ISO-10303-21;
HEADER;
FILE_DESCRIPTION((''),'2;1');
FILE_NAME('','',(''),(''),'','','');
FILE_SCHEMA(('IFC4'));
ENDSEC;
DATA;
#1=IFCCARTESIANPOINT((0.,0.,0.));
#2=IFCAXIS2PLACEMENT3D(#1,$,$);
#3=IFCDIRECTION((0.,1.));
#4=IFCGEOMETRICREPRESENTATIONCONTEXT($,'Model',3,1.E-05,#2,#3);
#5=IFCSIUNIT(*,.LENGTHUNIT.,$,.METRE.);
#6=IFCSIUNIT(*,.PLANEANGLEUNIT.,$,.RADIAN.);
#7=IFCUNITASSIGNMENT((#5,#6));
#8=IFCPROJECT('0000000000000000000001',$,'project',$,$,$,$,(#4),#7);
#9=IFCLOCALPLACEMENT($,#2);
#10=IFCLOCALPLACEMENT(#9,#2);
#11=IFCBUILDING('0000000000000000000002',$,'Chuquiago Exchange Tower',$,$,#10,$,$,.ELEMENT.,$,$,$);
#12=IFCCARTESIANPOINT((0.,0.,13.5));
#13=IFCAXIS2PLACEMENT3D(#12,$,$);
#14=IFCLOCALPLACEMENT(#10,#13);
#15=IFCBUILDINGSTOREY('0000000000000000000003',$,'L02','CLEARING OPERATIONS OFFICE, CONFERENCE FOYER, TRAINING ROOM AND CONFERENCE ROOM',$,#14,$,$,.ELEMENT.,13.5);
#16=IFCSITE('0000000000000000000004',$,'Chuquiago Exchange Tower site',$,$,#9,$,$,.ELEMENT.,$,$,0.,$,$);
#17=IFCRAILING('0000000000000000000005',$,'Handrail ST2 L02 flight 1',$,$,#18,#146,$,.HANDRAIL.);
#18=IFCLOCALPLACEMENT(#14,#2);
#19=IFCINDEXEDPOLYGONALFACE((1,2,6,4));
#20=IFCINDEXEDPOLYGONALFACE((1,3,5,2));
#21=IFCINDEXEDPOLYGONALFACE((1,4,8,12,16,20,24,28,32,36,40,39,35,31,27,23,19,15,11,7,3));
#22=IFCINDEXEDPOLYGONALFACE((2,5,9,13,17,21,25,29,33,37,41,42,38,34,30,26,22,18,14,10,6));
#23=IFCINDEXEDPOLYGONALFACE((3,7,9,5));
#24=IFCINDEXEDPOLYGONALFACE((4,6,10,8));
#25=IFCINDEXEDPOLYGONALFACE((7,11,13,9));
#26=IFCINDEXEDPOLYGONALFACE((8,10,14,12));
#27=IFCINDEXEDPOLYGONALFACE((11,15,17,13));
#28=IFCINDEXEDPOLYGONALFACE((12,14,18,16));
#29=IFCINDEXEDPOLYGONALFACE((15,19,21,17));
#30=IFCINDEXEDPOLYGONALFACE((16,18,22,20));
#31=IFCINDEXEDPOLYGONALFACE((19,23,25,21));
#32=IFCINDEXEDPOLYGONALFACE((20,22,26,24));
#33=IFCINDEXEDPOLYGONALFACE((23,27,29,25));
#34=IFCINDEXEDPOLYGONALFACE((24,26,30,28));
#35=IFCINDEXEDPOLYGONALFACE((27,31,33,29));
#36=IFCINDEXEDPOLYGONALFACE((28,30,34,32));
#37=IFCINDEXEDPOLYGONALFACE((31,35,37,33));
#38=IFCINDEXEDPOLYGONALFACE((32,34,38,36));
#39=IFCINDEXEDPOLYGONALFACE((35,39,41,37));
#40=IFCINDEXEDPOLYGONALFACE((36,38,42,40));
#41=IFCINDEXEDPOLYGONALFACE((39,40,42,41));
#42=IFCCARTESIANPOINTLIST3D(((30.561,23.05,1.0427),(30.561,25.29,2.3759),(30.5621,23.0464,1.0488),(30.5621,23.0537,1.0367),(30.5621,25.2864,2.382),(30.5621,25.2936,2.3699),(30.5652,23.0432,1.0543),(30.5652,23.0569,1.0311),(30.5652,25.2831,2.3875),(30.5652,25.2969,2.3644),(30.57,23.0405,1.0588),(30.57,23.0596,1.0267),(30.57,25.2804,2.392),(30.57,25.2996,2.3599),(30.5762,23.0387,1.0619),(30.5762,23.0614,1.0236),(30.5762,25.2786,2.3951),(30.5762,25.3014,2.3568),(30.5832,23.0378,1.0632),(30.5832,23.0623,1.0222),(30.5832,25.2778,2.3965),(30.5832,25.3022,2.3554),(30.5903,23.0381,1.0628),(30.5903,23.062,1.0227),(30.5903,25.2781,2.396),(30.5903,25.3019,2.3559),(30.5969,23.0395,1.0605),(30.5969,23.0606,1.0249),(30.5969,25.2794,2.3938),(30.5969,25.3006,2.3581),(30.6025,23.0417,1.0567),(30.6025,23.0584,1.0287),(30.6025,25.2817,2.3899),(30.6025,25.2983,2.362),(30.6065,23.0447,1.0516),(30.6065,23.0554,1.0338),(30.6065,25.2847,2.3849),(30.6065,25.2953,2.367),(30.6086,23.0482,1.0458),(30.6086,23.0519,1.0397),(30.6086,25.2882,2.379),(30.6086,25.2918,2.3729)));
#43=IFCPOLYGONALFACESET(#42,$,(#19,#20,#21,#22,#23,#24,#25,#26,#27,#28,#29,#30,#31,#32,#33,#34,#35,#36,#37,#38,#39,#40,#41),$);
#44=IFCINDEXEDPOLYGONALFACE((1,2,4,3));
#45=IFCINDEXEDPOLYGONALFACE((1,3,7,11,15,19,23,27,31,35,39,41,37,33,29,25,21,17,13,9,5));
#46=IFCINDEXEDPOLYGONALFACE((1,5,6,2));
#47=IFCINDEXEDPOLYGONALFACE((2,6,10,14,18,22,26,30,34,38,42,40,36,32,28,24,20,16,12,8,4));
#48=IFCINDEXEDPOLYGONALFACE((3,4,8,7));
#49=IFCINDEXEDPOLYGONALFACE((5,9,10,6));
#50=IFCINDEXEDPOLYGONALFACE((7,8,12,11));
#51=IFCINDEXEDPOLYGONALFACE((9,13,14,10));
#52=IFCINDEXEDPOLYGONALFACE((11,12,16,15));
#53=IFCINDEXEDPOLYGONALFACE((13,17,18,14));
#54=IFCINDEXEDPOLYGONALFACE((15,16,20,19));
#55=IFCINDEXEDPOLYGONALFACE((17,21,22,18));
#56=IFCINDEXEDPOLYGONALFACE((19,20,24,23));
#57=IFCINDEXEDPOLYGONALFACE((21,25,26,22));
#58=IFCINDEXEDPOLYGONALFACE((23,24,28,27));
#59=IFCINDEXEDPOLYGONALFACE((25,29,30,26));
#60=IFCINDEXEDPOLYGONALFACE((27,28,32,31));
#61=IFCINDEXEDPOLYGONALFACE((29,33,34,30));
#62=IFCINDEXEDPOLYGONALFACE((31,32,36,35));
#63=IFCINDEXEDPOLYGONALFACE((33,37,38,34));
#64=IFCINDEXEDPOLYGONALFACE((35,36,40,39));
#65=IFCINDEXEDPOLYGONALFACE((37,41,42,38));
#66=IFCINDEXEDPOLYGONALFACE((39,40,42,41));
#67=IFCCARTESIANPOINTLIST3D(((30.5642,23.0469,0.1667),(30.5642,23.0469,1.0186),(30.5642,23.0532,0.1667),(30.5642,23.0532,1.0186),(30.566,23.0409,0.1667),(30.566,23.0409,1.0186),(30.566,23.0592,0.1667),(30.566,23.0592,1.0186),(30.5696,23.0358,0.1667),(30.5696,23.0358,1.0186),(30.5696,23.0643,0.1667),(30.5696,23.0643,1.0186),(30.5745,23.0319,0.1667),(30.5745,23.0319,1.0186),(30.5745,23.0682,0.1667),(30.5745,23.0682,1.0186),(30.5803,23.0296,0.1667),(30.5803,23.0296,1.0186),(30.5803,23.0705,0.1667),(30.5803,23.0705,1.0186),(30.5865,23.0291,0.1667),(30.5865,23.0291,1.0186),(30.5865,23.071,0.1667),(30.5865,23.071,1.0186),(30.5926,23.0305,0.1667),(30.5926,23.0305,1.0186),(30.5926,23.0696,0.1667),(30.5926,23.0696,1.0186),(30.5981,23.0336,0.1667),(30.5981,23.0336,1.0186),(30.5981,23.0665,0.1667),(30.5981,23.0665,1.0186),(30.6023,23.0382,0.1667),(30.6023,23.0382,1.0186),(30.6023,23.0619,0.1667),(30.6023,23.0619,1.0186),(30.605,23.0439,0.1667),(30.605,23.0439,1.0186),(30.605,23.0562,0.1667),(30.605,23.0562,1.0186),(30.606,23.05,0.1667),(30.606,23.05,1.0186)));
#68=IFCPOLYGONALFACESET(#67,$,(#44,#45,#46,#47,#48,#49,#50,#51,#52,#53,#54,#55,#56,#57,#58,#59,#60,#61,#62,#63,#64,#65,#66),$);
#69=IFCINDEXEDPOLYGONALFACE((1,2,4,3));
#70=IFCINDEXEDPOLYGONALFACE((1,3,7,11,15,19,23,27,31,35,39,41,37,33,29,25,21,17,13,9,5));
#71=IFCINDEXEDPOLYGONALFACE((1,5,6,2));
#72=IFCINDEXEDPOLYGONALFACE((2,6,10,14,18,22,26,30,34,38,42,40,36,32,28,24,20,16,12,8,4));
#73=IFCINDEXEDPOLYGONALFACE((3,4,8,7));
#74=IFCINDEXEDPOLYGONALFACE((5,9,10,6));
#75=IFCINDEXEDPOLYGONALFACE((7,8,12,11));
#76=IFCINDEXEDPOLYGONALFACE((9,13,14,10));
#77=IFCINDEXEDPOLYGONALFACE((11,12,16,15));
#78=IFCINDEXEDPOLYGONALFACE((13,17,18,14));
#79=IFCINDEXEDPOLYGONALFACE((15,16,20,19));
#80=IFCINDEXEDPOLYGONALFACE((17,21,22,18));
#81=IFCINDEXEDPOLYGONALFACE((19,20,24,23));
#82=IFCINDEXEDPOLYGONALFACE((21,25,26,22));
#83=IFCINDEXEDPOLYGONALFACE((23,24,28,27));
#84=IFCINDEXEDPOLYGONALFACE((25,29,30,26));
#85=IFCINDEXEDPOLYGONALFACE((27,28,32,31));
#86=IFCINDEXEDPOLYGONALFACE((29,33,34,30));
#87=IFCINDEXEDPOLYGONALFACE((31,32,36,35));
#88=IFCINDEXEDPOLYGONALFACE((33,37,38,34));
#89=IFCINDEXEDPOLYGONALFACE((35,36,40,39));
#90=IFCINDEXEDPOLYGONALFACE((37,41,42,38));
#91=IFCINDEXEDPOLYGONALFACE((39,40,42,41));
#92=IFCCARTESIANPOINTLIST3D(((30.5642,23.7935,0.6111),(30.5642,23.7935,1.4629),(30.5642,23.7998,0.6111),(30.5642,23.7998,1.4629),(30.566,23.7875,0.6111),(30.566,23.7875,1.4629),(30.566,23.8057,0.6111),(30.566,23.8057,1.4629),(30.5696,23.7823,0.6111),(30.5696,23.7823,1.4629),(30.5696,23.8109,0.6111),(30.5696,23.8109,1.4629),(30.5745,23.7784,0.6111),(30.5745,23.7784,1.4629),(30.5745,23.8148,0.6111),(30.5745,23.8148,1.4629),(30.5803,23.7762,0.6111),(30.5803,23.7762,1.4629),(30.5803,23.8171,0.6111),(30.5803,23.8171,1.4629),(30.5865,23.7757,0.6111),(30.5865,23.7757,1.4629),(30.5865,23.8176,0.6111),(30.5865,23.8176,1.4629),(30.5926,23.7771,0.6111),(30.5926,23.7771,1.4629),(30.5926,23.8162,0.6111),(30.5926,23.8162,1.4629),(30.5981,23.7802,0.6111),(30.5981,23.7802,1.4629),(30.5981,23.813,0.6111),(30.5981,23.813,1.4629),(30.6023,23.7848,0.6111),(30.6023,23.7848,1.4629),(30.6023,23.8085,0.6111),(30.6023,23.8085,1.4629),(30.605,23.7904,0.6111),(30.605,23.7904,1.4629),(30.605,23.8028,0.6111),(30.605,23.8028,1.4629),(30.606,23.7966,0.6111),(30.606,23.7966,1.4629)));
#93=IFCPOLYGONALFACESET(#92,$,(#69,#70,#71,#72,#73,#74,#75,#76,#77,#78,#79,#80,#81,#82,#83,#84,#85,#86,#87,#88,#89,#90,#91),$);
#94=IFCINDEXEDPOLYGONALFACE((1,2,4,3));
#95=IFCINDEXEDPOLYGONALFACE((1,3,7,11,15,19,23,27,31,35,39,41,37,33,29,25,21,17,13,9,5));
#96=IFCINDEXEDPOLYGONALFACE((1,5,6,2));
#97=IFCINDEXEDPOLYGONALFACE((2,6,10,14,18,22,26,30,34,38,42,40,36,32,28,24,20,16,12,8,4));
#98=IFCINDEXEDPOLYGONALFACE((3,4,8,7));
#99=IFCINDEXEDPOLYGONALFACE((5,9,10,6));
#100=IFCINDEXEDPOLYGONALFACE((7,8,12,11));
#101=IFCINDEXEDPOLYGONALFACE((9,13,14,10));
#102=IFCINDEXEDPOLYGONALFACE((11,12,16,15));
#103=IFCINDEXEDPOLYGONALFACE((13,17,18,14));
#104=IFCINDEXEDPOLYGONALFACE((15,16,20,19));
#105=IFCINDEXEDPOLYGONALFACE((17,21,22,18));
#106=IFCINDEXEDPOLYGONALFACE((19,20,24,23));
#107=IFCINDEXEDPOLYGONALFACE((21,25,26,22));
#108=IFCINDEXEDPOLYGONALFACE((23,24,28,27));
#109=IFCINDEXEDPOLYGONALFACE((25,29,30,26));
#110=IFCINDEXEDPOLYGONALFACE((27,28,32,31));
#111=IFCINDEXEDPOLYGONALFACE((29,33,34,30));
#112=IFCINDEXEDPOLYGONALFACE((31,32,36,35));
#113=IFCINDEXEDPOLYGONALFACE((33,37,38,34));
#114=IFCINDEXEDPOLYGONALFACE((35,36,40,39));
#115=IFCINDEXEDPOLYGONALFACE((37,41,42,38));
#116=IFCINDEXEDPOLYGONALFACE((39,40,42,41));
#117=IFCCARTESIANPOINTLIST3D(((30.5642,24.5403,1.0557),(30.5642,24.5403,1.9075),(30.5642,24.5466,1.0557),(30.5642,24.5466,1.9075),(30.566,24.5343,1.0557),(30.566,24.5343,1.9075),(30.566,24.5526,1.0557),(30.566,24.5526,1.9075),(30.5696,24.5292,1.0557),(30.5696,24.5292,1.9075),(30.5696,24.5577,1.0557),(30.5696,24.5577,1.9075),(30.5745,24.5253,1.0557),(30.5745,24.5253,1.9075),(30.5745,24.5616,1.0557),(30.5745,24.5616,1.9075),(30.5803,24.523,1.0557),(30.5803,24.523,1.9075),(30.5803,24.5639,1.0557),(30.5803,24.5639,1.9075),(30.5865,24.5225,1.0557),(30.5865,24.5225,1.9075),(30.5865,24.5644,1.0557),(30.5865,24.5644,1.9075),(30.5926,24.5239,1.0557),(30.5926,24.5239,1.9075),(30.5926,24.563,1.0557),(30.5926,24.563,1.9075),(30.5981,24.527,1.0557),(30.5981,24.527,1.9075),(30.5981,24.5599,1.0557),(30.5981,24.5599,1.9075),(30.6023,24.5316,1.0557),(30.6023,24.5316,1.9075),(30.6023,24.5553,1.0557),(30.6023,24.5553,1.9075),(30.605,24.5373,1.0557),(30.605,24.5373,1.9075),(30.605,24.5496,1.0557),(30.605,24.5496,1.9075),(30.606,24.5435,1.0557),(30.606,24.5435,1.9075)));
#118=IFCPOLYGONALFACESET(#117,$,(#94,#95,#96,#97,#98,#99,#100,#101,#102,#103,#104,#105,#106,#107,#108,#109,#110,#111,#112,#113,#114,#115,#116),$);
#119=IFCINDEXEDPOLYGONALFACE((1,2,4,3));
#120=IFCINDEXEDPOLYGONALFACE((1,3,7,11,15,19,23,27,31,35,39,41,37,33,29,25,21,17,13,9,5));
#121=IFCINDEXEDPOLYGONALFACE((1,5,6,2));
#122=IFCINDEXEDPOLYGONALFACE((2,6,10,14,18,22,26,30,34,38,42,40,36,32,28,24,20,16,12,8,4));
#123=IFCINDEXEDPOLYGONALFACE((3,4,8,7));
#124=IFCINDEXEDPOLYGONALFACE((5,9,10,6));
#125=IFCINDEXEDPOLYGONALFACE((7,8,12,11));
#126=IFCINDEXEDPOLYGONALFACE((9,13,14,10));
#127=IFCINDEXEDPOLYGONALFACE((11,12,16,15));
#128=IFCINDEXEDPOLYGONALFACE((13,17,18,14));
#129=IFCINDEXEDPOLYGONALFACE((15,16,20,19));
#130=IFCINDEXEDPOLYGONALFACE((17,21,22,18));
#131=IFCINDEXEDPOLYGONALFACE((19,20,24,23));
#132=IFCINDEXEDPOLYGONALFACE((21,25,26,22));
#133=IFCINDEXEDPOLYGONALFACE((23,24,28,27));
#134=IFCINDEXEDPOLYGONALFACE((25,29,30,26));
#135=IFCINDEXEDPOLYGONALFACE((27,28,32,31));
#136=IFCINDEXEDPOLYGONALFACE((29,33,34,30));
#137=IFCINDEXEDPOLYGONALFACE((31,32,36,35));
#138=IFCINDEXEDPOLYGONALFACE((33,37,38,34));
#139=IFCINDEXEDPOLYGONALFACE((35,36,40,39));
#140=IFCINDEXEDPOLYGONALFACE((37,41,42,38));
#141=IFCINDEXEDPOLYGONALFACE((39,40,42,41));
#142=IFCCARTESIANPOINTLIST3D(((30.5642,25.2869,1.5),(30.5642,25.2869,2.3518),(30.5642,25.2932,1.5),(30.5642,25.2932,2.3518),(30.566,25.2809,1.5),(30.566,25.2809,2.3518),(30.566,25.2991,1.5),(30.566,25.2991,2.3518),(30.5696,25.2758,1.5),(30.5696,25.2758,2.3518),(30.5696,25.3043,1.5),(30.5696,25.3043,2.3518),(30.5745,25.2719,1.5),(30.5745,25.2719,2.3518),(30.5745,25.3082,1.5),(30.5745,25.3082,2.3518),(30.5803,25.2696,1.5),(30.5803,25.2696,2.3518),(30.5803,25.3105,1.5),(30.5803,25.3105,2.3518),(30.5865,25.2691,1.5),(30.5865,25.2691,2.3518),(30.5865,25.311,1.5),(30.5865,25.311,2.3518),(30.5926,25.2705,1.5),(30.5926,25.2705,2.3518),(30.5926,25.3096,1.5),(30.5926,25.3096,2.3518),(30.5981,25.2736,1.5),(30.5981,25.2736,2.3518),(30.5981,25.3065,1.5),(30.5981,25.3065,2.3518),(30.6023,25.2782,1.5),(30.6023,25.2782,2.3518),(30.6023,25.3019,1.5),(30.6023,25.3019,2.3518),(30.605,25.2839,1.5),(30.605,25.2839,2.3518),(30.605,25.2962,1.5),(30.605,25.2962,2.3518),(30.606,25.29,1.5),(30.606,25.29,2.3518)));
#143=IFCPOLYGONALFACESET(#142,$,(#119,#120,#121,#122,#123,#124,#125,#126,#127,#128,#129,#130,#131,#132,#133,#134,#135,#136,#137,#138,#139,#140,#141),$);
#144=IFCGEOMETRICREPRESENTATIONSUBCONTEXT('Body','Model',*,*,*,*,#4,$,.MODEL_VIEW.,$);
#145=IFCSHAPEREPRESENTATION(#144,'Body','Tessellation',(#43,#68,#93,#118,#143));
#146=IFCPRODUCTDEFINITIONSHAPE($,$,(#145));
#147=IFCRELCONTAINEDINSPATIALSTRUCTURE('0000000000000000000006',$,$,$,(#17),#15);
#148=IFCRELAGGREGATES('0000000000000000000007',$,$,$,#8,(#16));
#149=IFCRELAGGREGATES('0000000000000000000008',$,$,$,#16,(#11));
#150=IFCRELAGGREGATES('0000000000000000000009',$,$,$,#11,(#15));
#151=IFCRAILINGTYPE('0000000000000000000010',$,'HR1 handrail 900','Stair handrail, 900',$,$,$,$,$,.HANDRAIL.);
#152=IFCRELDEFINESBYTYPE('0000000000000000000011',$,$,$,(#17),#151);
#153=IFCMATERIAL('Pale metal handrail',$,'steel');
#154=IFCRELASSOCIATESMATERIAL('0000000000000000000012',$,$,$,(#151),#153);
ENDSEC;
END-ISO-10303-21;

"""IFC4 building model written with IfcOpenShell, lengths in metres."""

from ifc_helpers import new_model, si_unit, direction, frame, origin, origin_2d, place, context, subcontext, project, spatial, circle, extrude, material, type_object, element, save


model = new_model("IFC4")

# Units and contexts
model_context = context("Model", 3, precision=1e-05, world=origin(), true_north=direction((0.0, 1.0)))
body_context = subcontext(model_context, "Body", "Model", "MODEL_VIEW")
ifc_project = project(units=[si_unit("LENGTHUNIT", "METRE"), si_unit("PLANEANGLEUNIT", "RADIAN")], contexts=[model_context])

# Site, building, storey
site_placement = place(None, origin())
site = spatial("IfcSite", under=ifc_project, at=site_placement, Name="Chuquiago Exchange Tower site", CompositionType="ELEMENT", RefElevation=0.0)
building_placement = place(site_placement, origin())
building = spatial("IfcBuilding", under=site, at=building_placement, Name="Chuquiago Exchange Tower", CompositionType="ELEMENT")
storey_placement = place(building_placement, frame((0.0, 0.0, 13.5)))
storey = spatial("IfcBuildingStorey", under=building, at=storey_placement, Name="L02", Description="CLEARING OPERATIONS OFFICE, CONFERENCE FOYER, TRAINING ROOM AND CONFERENCE ROOM", CompositionType="ELEMENT", Elevation=13.5)

# Railing
ifc_material_1 = material(Name="Pale metal handrail", Category="steel")
railing_type_1 = type_object("IfcRailingType", Name="HR1 handrail 900", Description="Stair handrail, 900", PredefinedType="HANDRAIL", material=ifc_material_1)
for number, where, name in (
    (1, (30.585, 23.05, 0.1667), "Handrail ST2 L02 flight 1"),
):
    element("IfcRailing", number, at=place(storey_placement, frame(where)), inside=storey, type_object=railing_type_1, Name=name, PredefinedType="HANDRAIL", context=body_context, shape_type="SweptSolid", body=[
        extrude(circle(Radius=0.0239, at=origin_2d()), frame((0.0, 0.0, 0.876), z_axis=(0.0, 0.859306, 0.511462), x_axis=(-1.0, 0.0, 0.0)), (0.0, 0.0, 1.0), 2.6067),
        extrude(circle(Radius=0.021, at=origin_2d()), origin(), (0.0, 0.0, 1.0), 0.8518),
        extrude(circle(Radius=0.021, at=origin_2d()), frame((0.0, 0.7466, 0.4443)), (0.0, 0.0, 1.0), 0.8518),
        extrude(circle(Radius=0.021, at=origin_2d()), frame((0.0, 1.4934, 0.8889)), (0.0, 0.0, 1.0), 0.8518),
        extrude(circle(Radius=0.021, at=origin_2d()), frame((0.0, 2.24, 1.3333)), (0.0, 0.0, 1.0), 0.8518),
    ])

save(model, "model.ifc")
